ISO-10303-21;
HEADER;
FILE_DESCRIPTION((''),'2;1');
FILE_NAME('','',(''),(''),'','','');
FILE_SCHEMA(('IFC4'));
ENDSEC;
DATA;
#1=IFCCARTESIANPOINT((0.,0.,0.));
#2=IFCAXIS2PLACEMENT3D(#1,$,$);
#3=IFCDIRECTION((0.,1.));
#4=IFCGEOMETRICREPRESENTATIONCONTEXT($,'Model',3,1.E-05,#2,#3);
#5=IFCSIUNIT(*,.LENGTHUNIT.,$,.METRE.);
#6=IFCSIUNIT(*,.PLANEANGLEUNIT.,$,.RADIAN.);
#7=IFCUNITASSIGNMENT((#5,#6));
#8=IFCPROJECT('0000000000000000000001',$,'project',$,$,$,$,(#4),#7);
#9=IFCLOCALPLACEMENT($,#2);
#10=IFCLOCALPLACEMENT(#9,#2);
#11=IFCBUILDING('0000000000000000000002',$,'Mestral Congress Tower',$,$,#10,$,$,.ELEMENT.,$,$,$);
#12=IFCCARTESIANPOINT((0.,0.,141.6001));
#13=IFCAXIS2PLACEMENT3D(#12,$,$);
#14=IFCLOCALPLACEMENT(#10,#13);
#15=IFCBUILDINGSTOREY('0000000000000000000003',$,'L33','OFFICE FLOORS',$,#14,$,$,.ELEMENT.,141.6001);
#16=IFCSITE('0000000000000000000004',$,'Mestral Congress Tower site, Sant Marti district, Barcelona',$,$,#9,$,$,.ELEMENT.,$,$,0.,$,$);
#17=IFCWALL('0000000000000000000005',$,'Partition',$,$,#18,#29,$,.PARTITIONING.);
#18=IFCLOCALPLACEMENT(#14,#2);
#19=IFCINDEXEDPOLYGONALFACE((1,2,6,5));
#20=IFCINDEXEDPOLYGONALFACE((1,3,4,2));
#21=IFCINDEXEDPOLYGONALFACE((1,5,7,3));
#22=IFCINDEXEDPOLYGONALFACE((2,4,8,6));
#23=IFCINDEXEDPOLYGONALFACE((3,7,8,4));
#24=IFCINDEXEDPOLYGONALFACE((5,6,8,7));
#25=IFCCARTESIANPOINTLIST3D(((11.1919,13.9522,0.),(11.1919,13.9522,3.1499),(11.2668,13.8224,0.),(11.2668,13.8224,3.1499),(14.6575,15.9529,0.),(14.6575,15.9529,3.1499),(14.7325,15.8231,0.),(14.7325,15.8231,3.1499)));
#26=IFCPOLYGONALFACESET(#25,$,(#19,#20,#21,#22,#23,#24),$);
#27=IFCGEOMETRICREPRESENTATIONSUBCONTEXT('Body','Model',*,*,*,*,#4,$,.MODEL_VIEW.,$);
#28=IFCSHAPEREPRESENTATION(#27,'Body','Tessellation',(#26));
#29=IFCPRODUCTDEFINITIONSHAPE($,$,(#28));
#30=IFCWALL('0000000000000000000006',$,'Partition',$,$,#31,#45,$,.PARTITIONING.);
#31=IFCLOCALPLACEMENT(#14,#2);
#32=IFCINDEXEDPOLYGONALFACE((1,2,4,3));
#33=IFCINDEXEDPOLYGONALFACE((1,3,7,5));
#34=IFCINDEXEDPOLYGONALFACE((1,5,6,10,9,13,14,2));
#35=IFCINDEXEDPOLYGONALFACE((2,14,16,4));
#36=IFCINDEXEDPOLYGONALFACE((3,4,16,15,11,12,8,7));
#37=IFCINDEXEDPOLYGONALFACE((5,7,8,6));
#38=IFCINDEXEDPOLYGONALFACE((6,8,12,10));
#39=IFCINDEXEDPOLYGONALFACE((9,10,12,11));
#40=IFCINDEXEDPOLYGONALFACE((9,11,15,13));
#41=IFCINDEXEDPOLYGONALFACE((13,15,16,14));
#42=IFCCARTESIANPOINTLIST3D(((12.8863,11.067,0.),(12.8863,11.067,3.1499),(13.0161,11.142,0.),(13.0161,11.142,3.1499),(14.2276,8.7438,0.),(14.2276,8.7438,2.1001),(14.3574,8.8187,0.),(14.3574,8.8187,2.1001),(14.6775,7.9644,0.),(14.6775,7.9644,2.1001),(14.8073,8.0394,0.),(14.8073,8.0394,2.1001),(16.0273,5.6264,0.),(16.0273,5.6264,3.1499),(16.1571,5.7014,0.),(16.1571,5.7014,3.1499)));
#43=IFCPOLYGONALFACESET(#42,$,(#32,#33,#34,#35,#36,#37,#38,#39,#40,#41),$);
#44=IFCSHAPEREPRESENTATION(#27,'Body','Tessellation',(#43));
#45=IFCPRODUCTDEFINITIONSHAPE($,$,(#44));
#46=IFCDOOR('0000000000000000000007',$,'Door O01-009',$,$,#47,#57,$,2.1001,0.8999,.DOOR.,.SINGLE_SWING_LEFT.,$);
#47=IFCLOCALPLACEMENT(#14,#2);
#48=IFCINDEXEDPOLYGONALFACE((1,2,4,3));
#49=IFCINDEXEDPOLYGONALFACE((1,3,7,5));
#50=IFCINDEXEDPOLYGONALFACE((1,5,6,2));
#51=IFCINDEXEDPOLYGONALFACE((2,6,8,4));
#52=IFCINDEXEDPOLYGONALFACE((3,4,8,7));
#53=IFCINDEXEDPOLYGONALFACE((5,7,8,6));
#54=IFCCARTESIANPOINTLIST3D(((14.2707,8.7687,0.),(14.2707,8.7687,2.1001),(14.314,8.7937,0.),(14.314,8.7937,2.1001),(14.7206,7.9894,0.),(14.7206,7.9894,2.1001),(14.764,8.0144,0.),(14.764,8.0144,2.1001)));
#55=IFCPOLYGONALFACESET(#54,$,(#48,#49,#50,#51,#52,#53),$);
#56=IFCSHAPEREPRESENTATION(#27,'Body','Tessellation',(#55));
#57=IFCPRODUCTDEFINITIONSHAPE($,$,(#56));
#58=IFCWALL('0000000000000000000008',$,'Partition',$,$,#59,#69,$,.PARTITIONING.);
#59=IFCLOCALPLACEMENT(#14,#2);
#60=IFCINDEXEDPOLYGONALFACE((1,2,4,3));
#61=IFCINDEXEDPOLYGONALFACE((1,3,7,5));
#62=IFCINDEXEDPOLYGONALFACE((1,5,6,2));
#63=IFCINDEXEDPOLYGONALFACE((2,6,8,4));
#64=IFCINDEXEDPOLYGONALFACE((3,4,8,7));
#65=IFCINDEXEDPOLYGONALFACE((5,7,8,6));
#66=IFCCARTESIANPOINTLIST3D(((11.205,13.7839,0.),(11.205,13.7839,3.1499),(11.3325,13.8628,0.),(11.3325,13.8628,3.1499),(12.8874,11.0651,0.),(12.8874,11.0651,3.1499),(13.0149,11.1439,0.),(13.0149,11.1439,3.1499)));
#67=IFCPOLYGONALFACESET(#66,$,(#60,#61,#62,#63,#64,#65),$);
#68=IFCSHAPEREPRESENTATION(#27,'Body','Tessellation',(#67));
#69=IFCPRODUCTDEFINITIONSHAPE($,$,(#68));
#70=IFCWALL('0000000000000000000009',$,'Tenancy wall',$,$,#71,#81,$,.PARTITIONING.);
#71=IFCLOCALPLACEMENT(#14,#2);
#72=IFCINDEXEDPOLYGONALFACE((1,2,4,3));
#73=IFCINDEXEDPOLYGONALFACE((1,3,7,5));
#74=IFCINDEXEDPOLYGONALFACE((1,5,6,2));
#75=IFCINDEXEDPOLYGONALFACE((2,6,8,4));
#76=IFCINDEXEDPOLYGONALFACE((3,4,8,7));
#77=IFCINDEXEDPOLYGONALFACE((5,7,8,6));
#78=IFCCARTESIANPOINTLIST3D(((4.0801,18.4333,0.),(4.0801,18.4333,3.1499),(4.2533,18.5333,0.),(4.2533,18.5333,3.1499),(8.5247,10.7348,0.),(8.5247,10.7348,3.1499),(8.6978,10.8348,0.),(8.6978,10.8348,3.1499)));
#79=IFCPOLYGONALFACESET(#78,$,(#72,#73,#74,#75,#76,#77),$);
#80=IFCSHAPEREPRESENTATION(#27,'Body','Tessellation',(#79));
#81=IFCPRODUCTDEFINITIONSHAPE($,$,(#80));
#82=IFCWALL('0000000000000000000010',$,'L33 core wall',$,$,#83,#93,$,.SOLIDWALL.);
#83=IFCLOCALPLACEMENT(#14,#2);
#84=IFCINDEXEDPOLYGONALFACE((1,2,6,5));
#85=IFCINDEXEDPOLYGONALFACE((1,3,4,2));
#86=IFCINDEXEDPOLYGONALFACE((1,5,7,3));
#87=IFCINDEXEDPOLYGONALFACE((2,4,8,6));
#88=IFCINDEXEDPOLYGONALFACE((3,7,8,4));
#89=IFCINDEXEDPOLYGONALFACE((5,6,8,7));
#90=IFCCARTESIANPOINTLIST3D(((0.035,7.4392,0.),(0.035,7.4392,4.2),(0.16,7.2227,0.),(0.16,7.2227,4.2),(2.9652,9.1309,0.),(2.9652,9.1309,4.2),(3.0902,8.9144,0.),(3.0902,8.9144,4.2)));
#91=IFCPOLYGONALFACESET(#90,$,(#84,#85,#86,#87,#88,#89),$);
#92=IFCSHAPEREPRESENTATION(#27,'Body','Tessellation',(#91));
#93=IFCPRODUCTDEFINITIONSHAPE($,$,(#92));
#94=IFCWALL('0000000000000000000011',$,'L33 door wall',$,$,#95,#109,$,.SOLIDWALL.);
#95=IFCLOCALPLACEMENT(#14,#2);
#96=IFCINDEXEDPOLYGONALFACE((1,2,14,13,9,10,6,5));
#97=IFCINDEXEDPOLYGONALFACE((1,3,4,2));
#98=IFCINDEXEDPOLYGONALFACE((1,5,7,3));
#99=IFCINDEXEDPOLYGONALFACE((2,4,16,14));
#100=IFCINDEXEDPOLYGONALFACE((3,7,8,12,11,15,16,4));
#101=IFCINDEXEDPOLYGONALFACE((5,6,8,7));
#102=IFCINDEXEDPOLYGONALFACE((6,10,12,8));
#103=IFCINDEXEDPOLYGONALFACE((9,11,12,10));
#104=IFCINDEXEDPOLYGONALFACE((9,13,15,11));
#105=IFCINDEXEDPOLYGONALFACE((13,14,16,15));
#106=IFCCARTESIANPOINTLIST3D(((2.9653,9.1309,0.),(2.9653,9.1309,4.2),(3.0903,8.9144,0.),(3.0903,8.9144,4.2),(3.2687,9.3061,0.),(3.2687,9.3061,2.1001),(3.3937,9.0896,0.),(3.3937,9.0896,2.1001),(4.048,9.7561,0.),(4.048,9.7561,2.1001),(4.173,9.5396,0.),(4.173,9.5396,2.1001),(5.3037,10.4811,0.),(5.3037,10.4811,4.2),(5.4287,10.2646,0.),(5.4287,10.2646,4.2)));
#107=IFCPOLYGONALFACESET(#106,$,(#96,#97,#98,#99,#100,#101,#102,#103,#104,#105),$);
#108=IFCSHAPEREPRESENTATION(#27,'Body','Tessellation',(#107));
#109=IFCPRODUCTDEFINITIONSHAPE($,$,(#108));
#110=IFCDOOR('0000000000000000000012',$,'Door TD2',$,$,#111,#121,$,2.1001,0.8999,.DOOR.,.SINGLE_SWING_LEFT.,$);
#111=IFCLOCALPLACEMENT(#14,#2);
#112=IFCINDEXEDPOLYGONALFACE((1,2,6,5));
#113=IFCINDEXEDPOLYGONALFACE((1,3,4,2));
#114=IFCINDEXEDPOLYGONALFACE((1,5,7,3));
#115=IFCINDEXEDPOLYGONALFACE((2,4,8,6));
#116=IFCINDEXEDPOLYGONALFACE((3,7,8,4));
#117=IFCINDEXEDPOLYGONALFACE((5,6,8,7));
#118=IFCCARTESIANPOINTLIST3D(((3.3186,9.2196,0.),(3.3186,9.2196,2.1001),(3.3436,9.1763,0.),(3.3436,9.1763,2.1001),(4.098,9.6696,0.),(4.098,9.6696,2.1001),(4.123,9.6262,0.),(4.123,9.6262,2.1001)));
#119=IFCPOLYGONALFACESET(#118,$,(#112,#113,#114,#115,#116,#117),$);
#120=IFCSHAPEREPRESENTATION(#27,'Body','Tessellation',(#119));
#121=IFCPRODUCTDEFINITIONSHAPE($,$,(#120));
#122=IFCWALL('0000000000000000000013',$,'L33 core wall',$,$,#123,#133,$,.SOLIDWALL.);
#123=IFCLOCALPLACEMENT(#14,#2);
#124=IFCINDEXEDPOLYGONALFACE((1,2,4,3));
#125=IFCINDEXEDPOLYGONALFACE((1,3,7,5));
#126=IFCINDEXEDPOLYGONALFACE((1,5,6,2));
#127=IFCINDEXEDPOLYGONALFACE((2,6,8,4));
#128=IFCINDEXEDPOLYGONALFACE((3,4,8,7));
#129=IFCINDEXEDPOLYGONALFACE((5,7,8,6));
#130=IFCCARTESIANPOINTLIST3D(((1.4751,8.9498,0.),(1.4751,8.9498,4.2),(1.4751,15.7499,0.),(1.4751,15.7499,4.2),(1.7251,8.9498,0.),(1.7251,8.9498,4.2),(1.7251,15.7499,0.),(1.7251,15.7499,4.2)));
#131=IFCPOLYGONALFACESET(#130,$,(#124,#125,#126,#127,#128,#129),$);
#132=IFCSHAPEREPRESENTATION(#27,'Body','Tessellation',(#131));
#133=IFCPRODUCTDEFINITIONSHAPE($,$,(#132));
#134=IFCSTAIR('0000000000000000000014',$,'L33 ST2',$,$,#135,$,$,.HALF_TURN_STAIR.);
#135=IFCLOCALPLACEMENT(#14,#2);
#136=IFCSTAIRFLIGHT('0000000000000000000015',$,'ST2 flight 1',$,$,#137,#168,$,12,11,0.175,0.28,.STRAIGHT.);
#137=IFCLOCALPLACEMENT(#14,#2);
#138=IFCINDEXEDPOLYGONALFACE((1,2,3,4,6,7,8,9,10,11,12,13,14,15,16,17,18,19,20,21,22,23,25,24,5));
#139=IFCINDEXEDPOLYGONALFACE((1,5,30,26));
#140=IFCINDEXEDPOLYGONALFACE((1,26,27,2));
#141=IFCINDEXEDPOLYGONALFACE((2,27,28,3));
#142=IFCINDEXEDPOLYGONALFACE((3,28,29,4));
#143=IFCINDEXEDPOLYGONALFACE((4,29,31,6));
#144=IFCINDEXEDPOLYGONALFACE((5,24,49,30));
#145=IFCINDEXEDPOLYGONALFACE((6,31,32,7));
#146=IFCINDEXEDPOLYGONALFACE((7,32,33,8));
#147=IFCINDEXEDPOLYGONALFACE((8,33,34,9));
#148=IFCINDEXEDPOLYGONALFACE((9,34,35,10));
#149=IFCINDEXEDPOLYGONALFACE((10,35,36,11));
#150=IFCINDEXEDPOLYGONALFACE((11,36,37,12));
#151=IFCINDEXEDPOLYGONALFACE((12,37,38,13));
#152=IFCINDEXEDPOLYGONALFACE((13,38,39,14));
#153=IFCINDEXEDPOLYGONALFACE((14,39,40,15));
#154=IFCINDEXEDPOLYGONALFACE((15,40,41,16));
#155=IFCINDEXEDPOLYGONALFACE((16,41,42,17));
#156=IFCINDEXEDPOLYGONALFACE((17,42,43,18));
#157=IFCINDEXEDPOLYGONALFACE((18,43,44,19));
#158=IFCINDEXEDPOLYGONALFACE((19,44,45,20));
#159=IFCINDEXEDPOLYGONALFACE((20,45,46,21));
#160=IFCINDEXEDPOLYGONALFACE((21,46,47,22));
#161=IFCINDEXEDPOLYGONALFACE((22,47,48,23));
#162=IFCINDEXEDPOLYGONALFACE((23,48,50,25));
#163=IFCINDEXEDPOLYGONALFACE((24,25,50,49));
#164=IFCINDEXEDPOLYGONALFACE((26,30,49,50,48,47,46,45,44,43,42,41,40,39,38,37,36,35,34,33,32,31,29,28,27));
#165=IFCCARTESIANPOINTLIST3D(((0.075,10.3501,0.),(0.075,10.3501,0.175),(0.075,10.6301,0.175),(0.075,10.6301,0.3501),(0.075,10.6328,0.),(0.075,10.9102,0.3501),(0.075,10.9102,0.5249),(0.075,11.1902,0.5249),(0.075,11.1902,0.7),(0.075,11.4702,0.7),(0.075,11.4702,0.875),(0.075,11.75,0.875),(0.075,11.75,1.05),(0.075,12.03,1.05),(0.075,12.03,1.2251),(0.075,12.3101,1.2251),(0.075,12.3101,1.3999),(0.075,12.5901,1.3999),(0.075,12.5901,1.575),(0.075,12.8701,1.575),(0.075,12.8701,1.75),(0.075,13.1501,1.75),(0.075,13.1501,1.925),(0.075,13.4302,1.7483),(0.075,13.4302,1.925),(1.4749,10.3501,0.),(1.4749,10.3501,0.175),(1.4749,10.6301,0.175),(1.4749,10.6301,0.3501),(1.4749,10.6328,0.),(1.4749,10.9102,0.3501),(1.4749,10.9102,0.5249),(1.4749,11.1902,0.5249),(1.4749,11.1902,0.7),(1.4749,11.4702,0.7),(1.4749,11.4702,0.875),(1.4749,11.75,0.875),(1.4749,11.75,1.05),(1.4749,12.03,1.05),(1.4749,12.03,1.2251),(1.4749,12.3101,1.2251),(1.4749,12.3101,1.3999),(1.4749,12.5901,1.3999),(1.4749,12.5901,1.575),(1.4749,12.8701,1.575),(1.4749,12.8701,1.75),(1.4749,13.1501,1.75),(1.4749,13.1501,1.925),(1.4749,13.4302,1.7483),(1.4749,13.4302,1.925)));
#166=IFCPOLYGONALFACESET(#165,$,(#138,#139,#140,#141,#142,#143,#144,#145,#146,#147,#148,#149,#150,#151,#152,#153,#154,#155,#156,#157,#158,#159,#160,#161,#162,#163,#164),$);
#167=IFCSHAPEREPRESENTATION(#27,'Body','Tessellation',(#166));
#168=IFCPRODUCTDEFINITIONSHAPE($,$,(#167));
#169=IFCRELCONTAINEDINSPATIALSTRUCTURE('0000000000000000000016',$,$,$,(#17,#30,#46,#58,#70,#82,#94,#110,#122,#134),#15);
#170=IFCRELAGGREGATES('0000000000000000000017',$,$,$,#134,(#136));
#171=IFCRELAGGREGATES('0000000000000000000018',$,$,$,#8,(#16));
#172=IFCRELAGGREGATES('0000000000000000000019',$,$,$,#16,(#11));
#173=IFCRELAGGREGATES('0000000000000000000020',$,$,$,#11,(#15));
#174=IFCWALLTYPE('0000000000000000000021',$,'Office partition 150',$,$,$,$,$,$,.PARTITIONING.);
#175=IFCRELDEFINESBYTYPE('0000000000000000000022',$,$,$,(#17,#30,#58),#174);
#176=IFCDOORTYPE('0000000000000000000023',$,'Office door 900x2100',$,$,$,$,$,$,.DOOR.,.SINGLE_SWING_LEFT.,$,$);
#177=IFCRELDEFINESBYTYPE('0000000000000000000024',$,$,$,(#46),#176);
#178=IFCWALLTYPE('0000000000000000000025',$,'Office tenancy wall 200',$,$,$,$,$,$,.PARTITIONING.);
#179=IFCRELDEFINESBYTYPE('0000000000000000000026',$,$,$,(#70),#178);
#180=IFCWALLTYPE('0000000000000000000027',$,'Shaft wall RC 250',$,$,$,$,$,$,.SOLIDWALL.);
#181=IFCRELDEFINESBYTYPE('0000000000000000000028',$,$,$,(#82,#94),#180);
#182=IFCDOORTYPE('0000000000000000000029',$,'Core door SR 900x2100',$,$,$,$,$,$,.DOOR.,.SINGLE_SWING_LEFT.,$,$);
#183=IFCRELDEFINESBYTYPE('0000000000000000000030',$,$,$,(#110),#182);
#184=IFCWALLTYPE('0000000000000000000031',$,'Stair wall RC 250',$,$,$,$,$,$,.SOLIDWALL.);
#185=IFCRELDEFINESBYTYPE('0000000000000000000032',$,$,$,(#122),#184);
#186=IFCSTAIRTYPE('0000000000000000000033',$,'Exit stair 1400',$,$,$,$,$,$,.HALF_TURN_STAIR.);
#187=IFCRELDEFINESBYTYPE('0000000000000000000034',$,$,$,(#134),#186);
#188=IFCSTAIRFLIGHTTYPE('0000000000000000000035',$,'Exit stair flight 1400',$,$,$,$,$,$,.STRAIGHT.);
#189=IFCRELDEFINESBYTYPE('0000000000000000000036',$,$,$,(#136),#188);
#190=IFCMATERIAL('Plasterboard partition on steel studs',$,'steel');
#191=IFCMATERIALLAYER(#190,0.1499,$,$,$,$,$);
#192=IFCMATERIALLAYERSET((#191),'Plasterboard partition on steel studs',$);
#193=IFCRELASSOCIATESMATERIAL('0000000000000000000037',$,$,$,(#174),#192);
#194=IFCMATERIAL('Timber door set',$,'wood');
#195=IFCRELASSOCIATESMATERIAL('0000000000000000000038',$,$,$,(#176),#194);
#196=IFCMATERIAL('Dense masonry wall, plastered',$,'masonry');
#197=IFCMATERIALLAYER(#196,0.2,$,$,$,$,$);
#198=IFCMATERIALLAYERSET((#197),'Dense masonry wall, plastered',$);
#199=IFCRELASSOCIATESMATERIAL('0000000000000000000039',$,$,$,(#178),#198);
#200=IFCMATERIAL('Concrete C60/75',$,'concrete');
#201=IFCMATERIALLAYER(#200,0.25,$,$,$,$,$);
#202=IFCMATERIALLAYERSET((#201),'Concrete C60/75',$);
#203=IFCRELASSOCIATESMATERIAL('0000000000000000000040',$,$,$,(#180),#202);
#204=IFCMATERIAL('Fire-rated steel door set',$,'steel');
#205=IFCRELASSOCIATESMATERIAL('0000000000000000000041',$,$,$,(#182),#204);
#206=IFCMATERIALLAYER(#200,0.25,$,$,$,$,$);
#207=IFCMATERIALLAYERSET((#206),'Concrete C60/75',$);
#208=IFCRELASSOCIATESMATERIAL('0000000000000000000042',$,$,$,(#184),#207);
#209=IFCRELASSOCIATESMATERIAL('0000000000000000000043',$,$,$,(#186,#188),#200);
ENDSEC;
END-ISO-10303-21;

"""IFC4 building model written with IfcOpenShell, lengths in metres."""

from ifc_helpers import new_model, si_unit, direction, frame, frame_2d, origin, place, context, subcontext, project, spatial, polyline, rectangle, outline, extrude, material, layer, layer_set, type_object, element, fill, aggregate, save


model = new_model("IFC4")

# Units and contexts
model_context = context("Model", 3, precision=1e-05, world=origin(), true_north=direction((0.0, 1.0)))
body_context = subcontext(model_context, "Body", "Model", "MODEL_VIEW")
ifc_project = project(units=[si_unit("LENGTHUNIT", "METRE"), si_unit("PLANEANGLEUNIT", "RADIAN")], contexts=[model_context])

# Site, building, storey
site_placement = place(None, origin())
site = spatial("IfcSite", under=ifc_project, at=site_placement, Name="Mestral Congress Tower site, Sant Marti district, Barcelona", CompositionType="ELEMENT", RefElevation=0.0)
building_placement = place(site_placement, origin())
building = spatial("IfcBuilding", under=site, at=building_placement, Name="Mestral Congress Tower", CompositionType="ELEMENT")
storey_placement = place(building_placement, frame((0.0, 0.0, 141.6001)))
storey = spatial("IfcBuildingStorey", under=building, at=storey_placement, Name="L33", Description="OFFICE FLOORS", CompositionType="ELEMENT", Elevation=141.6001)

# Shared definitions
ifc_material_1 = material(Name="Concrete C60/75", Category="concrete")

# Wall
ifc_material_2 = material(Name="Plasterboard partition on steel studs", Category="steel")
ifc_layer_1 = layer(ifc_material_2, 0.1499)
ifc_layer_set_1 = layer_set([ifc_layer_1], Name="Plasterboard partition on steel studs")
wall_type_1 = type_object("IfcWallType", Name="Office partition 150", PredefinedType="PARTITIONING", material=ifc_layer_set_1)
wall_1_placement = place(storey_placement, frame((11.2292, 13.8872, 0.0), z_axis=(0.0, 0.0, 1.0), x_axis=(0.866038, 0.499978, 0.0)))
element("IfcWall", 1, at=wall_1_placement, inside=storey, type_object=wall_type_1, Name="Partition", PredefinedType="PARTITIONING", context=body_context, shape_type="SweptSolid", body=[
    extrude(rectangle(XDim=4.0017, YDim=0.1499, at=frame_2d((2.001, 0.0))), origin(), (0.0, 0.0, 1.0), 3.1499),
])

# Wall, opening, door
wall_2_placement = place(storey_placement, frame((12.9512, 11.1045, 0.0), z_axis=(0.0, 0.0, 1.0), x_axis=(0.499993, -0.86603, 0.0)))
wall_2 = element("IfcWall", 2, at=wall_2_placement, inside=storey, type_object=wall_type_1, Name="Partition", PredefinedType="PARTITIONING", context=body_context, shape_type="SweptSolid", body=[
    extrude(rectangle(XDim=6.2822, YDim=0.1499, at=frame_2d((3.1411, 0.0))), origin(), (0.0, 0.0, 1.0), 3.1499),
])
opening_1_placement = place(wall_2_placement, frame((2.6826, 0.0, 0.0)))
opening_1 = element("IfcOpeningElement", 3, at=opening_1_placement, cuts=wall_2, PredefinedType="OPENING", context=body_context, shape_type="SweptSolid", body=[
    extrude(rectangle(XDim=0.8999, YDim=2.1001, at=frame_2d((0.45, 1.05))), frame((0.0, 0.085, 0.0), z_axis=(0.0, -1.0, 0.0), x_axis=(1.0, 0.0, 0.0)), (0.0, 0.0, 1.0), 0.1699),
])
ifc_material_3 = material(Name="Timber door set", Category="wood")
door_type_1 = type_object("IfcDoorType", Name="Office door 900x2100", OperationType="SINGLE_SWING_LEFT", PredefinedType="DOOR", material=ifc_material_3)
door_1_placement = place(opening_1_placement, origin())
door_1 = element("IfcDoor", 4, at=door_1_placement, inside=storey, type_object=door_type_1, Name="Door O01-009", OperationType="SINGLE_SWING_LEFT", OverallHeight=2.1001, OverallWidth=0.8999, PredefinedType="DOOR", context=body_context, shape_type="SweptSolid", body=[
    extrude(rectangle(XDim=0.8999, YDim=2.1001, at=frame_2d((0.45, 1.05))), frame((0.0, 0.0249, 0.0), z_axis=(0.0, -1.0, 0.0), x_axis=(1.0, 0.0, 0.0)), (0.0, 0.0, 1.0), 0.05),
])
fill(opening_1, door_1)

# Walls
wall_3_placement = place(storey_placement, frame((12.9512, 11.1045, 0.0), z_axis=(0.0, 0.0, 1.0), x_axis=(-0.526205, 0.850358, 0.0)))
element("IfcWall", 5, at=wall_3_placement, inside=storey, type_object=wall_type_1, Name="Partition", PredefinedType="PARTITIONING", context=body_context, shape_type="SweptSolid", body=[
    extrude(rectangle(XDim=3.1973, YDim=0.1499, at=frame_2d((1.5986, 0.0))), origin(), (0.0, 0.0, 1.0), 3.1499),
])
ifc_material_4 = material(Name="Dense masonry wall, plastered", Category="masonry")
ifc_layer_2 = layer(ifc_material_4, 0.2)
ifc_layer_set_2 = layer_set([ifc_layer_2], Name="Dense masonry wall, plastered")
wall_type_2 = type_object("IfcWallType", Name="Office tenancy wall 200", PredefinedType="PARTITIONING", material=ifc_layer_set_2)
wall_4_placement = place(storey_placement, frame((8.6113, 10.7847, 0.0), z_axis=(0.0, 0.0, 1.0), x_axis=(-0.499988, 0.866032, 0.0)))
element("IfcWall", 6, at=wall_4_placement, inside=storey, type_object=wall_type_2, Name="Tenancy wall", PredefinedType="PARTITIONING", context=body_context, shape_type="SweptSolid", body=[
    extrude(rectangle(XDim=8.8894, YDim=0.2, at=frame_2d((4.4448, 0.0))), origin(), (0.0, 0.0, 1.0), 3.1499),
])
ifc_layer_3 = layer(ifc_material_1, 0.25)
ifc_layer_set_3 = layer_set([ifc_layer_3], Name="Concrete C60/75")
wall_type_3 = type_object("IfcWallType", Name="Shaft wall RC 250", PredefinedType="SOLIDWALL", material=ifc_layer_set_3)
wall_5_placement = place(storey_placement, frame((3.0278, 9.0227, 0.0), z_axis=(0.0, 0.0, 1.0), x_axis=(-0.866037, -0.499981, 0.0)))
element("IfcWall", 7, at=wall_5_placement, inside=storey, type_object=wall_type_3, Name="L33 core wall", PredefinedType="SOLIDWALL", context=body_context, shape_type="SweptSolid", body=[
    extrude(rectangle(XDim=3.3835, YDim=0.25, at=frame_2d((1.6919, 0.0))), origin(), (0.0, 0.0, 1.0), 4.2),
])

# Wall, opening, door
wall_6_placement = place(storey_placement, frame((5.3662, 10.3728, 0.0), z_axis=(0.0, 0.0, 1.0), x_axis=(-0.86602, -0.500009, 0.0)))
wall_6 = element("IfcWall", 8, at=wall_6_placement, inside=storey, type_object=wall_type_3, Name="L33 door wall", PredefinedType="SOLIDWALL", context=body_context, shape_type="SweptSolid", body=[
    extrude(rectangle(XDim=2.7002, YDim=0.25, at=frame_2d((1.3501, 0.0))), origin(), (0.0, 0.0, 1.0), 4.2),
])
opening_2_placement = place(wall_6_placement, frame((1.45, 0.0, 0.0)))
opening_2 = element("IfcOpeningElement", 9, at=opening_2_placement, cuts=wall_6, PredefinedType="OPENING", context=body_context, shape_type="SweptSolid", body=[
    extrude(rectangle(XDim=0.8999, YDim=2.1001, at=frame_2d((0.45, 1.05))), frame((0.0, 0.135, 0.0), z_axis=(0.0, -1.0, 0.0), x_axis=(1.0, 0.0, 0.0)), (0.0, 0.0, 1.0), 0.27),
])
ifc_material_5 = material(Name="Fire-rated steel door set", Category="steel")
door_type_2 = type_object("IfcDoorType", Name="Core door SR 900x2100", OperationType="SINGLE_SWING_LEFT", PredefinedType="DOOR", material=ifc_material_5)
door_2_placement = place(opening_2_placement, origin())
door_2 = element("IfcDoor", 10, at=door_2_placement, inside=storey, type_object=door_type_2, Name="Door TD2", OperationType="SINGLE_SWING_LEFT", OverallHeight=2.1001, OverallWidth=0.8999, PredefinedType="DOOR", context=body_context, shape_type="SweptSolid", body=[
    extrude(rectangle(XDim=0.8999, YDim=2.1001, at=frame_2d((0.45, 1.05))), frame((0.0, 0.0249, 0.0), z_axis=(0.0, -1.0, 0.0), x_axis=(1.0, 0.0, 0.0)), (0.0, 0.0, 1.0), 0.05),
])
fill(opening_2, door_2)

# Wall
ifc_layer_4 = layer(ifc_material_1, 0.25)
ifc_layer_set_4 = layer_set([ifc_layer_4], Name="Concrete C60/75")
wall_type_4 = type_object("IfcWallType", Name="Stair wall RC 250", PredefinedType="SOLIDWALL", material=ifc_layer_set_4)
wall_7_placement = place(storey_placement, frame((1.6001, 8.95, 0.0), z_axis=(0.0, 0.0, 1.0), x_axis=(0.0, 1.0, 0.0)))
element("IfcWall", 11, at=wall_7_placement, inside=storey, type_object=wall_type_4, Name="L33 core wall", PredefinedType="SOLIDWALL", context=body_context, shape_type="SweptSolid", body=[
    extrude(rectangle(XDim=6.8, YDim=0.25, at=frame_2d((3.3999, 0.0))), origin(), (0.0, 0.0, 1.0), 4.2),
])

# Stair, stair flight
stair_type = type_object("IfcStairType", Name="Exit stair 1400", PredefinedType="HALF_TURN_STAIR", material=ifc_material_1)
stair_placement = place(storey_placement, origin())
stair = element("IfcStair", 12, at=stair_placement, inside=storey, type_object=stair_type, Name="L33 ST2", PredefinedType="HALF_TURN_STAIR")
stair_flight_type = type_object("IfcStairFlightType", Name="Exit stair flight 1400", PredefinedType="STRAIGHT", material=ifc_material_1)
stair_flight_placement = place(storey_placement, frame((0.7749, 10.3501, 0.0), z_axis=(0.0, 0.0, 1.0), x_axis=(0.0, 1.0, 0.0)))
stair_flight = element("IfcStairFlight", 13, at=stair_flight_placement, type_object=stair_flight_type, Name="ST2 flight 1", NumberOfRisers=12, NumberOfTreads=11, PredefinedType="STRAIGHT", RiserHeight=0.175, TreadLength=0.28, context=body_context, shape_type="SweptSolid", body=[
    extrude(outline(polyline([(0.0, 0.0), (0.0, 0.175), (0.28, 0.175), (0.28, 0.3501), (0.5601, 0.3501), (0.5601, 0.5249), (0.8401, 0.5249), (0.8401, 0.7), (1.1201, 0.7), (1.1201, 0.875), (1.3999, 0.875), (1.3999, 1.05), (1.6799, 1.05), (1.6799, 1.2251), (1.96, 1.2251), (1.96, 1.3999), (2.24, 1.3999), (2.24, 1.575), (2.52, 1.575), (2.52, 1.75), (2.8, 1.75), (2.8, 1.925), (3.0801, 1.925), (3.0801, 2.1001), (3.0801, 1.7483), (0.2827, 0.0), (0.0, 0.0)])), frame((0.0, 0.7, 0.0), z_axis=(0.0, -1.0, 0.0), x_axis=(1.0, 0.0, 0.0)), (0.0, 0.0, 1.0), 1.3999),
])
aggregate(stair, [stair_flight])

save(model, "model.ifc")
